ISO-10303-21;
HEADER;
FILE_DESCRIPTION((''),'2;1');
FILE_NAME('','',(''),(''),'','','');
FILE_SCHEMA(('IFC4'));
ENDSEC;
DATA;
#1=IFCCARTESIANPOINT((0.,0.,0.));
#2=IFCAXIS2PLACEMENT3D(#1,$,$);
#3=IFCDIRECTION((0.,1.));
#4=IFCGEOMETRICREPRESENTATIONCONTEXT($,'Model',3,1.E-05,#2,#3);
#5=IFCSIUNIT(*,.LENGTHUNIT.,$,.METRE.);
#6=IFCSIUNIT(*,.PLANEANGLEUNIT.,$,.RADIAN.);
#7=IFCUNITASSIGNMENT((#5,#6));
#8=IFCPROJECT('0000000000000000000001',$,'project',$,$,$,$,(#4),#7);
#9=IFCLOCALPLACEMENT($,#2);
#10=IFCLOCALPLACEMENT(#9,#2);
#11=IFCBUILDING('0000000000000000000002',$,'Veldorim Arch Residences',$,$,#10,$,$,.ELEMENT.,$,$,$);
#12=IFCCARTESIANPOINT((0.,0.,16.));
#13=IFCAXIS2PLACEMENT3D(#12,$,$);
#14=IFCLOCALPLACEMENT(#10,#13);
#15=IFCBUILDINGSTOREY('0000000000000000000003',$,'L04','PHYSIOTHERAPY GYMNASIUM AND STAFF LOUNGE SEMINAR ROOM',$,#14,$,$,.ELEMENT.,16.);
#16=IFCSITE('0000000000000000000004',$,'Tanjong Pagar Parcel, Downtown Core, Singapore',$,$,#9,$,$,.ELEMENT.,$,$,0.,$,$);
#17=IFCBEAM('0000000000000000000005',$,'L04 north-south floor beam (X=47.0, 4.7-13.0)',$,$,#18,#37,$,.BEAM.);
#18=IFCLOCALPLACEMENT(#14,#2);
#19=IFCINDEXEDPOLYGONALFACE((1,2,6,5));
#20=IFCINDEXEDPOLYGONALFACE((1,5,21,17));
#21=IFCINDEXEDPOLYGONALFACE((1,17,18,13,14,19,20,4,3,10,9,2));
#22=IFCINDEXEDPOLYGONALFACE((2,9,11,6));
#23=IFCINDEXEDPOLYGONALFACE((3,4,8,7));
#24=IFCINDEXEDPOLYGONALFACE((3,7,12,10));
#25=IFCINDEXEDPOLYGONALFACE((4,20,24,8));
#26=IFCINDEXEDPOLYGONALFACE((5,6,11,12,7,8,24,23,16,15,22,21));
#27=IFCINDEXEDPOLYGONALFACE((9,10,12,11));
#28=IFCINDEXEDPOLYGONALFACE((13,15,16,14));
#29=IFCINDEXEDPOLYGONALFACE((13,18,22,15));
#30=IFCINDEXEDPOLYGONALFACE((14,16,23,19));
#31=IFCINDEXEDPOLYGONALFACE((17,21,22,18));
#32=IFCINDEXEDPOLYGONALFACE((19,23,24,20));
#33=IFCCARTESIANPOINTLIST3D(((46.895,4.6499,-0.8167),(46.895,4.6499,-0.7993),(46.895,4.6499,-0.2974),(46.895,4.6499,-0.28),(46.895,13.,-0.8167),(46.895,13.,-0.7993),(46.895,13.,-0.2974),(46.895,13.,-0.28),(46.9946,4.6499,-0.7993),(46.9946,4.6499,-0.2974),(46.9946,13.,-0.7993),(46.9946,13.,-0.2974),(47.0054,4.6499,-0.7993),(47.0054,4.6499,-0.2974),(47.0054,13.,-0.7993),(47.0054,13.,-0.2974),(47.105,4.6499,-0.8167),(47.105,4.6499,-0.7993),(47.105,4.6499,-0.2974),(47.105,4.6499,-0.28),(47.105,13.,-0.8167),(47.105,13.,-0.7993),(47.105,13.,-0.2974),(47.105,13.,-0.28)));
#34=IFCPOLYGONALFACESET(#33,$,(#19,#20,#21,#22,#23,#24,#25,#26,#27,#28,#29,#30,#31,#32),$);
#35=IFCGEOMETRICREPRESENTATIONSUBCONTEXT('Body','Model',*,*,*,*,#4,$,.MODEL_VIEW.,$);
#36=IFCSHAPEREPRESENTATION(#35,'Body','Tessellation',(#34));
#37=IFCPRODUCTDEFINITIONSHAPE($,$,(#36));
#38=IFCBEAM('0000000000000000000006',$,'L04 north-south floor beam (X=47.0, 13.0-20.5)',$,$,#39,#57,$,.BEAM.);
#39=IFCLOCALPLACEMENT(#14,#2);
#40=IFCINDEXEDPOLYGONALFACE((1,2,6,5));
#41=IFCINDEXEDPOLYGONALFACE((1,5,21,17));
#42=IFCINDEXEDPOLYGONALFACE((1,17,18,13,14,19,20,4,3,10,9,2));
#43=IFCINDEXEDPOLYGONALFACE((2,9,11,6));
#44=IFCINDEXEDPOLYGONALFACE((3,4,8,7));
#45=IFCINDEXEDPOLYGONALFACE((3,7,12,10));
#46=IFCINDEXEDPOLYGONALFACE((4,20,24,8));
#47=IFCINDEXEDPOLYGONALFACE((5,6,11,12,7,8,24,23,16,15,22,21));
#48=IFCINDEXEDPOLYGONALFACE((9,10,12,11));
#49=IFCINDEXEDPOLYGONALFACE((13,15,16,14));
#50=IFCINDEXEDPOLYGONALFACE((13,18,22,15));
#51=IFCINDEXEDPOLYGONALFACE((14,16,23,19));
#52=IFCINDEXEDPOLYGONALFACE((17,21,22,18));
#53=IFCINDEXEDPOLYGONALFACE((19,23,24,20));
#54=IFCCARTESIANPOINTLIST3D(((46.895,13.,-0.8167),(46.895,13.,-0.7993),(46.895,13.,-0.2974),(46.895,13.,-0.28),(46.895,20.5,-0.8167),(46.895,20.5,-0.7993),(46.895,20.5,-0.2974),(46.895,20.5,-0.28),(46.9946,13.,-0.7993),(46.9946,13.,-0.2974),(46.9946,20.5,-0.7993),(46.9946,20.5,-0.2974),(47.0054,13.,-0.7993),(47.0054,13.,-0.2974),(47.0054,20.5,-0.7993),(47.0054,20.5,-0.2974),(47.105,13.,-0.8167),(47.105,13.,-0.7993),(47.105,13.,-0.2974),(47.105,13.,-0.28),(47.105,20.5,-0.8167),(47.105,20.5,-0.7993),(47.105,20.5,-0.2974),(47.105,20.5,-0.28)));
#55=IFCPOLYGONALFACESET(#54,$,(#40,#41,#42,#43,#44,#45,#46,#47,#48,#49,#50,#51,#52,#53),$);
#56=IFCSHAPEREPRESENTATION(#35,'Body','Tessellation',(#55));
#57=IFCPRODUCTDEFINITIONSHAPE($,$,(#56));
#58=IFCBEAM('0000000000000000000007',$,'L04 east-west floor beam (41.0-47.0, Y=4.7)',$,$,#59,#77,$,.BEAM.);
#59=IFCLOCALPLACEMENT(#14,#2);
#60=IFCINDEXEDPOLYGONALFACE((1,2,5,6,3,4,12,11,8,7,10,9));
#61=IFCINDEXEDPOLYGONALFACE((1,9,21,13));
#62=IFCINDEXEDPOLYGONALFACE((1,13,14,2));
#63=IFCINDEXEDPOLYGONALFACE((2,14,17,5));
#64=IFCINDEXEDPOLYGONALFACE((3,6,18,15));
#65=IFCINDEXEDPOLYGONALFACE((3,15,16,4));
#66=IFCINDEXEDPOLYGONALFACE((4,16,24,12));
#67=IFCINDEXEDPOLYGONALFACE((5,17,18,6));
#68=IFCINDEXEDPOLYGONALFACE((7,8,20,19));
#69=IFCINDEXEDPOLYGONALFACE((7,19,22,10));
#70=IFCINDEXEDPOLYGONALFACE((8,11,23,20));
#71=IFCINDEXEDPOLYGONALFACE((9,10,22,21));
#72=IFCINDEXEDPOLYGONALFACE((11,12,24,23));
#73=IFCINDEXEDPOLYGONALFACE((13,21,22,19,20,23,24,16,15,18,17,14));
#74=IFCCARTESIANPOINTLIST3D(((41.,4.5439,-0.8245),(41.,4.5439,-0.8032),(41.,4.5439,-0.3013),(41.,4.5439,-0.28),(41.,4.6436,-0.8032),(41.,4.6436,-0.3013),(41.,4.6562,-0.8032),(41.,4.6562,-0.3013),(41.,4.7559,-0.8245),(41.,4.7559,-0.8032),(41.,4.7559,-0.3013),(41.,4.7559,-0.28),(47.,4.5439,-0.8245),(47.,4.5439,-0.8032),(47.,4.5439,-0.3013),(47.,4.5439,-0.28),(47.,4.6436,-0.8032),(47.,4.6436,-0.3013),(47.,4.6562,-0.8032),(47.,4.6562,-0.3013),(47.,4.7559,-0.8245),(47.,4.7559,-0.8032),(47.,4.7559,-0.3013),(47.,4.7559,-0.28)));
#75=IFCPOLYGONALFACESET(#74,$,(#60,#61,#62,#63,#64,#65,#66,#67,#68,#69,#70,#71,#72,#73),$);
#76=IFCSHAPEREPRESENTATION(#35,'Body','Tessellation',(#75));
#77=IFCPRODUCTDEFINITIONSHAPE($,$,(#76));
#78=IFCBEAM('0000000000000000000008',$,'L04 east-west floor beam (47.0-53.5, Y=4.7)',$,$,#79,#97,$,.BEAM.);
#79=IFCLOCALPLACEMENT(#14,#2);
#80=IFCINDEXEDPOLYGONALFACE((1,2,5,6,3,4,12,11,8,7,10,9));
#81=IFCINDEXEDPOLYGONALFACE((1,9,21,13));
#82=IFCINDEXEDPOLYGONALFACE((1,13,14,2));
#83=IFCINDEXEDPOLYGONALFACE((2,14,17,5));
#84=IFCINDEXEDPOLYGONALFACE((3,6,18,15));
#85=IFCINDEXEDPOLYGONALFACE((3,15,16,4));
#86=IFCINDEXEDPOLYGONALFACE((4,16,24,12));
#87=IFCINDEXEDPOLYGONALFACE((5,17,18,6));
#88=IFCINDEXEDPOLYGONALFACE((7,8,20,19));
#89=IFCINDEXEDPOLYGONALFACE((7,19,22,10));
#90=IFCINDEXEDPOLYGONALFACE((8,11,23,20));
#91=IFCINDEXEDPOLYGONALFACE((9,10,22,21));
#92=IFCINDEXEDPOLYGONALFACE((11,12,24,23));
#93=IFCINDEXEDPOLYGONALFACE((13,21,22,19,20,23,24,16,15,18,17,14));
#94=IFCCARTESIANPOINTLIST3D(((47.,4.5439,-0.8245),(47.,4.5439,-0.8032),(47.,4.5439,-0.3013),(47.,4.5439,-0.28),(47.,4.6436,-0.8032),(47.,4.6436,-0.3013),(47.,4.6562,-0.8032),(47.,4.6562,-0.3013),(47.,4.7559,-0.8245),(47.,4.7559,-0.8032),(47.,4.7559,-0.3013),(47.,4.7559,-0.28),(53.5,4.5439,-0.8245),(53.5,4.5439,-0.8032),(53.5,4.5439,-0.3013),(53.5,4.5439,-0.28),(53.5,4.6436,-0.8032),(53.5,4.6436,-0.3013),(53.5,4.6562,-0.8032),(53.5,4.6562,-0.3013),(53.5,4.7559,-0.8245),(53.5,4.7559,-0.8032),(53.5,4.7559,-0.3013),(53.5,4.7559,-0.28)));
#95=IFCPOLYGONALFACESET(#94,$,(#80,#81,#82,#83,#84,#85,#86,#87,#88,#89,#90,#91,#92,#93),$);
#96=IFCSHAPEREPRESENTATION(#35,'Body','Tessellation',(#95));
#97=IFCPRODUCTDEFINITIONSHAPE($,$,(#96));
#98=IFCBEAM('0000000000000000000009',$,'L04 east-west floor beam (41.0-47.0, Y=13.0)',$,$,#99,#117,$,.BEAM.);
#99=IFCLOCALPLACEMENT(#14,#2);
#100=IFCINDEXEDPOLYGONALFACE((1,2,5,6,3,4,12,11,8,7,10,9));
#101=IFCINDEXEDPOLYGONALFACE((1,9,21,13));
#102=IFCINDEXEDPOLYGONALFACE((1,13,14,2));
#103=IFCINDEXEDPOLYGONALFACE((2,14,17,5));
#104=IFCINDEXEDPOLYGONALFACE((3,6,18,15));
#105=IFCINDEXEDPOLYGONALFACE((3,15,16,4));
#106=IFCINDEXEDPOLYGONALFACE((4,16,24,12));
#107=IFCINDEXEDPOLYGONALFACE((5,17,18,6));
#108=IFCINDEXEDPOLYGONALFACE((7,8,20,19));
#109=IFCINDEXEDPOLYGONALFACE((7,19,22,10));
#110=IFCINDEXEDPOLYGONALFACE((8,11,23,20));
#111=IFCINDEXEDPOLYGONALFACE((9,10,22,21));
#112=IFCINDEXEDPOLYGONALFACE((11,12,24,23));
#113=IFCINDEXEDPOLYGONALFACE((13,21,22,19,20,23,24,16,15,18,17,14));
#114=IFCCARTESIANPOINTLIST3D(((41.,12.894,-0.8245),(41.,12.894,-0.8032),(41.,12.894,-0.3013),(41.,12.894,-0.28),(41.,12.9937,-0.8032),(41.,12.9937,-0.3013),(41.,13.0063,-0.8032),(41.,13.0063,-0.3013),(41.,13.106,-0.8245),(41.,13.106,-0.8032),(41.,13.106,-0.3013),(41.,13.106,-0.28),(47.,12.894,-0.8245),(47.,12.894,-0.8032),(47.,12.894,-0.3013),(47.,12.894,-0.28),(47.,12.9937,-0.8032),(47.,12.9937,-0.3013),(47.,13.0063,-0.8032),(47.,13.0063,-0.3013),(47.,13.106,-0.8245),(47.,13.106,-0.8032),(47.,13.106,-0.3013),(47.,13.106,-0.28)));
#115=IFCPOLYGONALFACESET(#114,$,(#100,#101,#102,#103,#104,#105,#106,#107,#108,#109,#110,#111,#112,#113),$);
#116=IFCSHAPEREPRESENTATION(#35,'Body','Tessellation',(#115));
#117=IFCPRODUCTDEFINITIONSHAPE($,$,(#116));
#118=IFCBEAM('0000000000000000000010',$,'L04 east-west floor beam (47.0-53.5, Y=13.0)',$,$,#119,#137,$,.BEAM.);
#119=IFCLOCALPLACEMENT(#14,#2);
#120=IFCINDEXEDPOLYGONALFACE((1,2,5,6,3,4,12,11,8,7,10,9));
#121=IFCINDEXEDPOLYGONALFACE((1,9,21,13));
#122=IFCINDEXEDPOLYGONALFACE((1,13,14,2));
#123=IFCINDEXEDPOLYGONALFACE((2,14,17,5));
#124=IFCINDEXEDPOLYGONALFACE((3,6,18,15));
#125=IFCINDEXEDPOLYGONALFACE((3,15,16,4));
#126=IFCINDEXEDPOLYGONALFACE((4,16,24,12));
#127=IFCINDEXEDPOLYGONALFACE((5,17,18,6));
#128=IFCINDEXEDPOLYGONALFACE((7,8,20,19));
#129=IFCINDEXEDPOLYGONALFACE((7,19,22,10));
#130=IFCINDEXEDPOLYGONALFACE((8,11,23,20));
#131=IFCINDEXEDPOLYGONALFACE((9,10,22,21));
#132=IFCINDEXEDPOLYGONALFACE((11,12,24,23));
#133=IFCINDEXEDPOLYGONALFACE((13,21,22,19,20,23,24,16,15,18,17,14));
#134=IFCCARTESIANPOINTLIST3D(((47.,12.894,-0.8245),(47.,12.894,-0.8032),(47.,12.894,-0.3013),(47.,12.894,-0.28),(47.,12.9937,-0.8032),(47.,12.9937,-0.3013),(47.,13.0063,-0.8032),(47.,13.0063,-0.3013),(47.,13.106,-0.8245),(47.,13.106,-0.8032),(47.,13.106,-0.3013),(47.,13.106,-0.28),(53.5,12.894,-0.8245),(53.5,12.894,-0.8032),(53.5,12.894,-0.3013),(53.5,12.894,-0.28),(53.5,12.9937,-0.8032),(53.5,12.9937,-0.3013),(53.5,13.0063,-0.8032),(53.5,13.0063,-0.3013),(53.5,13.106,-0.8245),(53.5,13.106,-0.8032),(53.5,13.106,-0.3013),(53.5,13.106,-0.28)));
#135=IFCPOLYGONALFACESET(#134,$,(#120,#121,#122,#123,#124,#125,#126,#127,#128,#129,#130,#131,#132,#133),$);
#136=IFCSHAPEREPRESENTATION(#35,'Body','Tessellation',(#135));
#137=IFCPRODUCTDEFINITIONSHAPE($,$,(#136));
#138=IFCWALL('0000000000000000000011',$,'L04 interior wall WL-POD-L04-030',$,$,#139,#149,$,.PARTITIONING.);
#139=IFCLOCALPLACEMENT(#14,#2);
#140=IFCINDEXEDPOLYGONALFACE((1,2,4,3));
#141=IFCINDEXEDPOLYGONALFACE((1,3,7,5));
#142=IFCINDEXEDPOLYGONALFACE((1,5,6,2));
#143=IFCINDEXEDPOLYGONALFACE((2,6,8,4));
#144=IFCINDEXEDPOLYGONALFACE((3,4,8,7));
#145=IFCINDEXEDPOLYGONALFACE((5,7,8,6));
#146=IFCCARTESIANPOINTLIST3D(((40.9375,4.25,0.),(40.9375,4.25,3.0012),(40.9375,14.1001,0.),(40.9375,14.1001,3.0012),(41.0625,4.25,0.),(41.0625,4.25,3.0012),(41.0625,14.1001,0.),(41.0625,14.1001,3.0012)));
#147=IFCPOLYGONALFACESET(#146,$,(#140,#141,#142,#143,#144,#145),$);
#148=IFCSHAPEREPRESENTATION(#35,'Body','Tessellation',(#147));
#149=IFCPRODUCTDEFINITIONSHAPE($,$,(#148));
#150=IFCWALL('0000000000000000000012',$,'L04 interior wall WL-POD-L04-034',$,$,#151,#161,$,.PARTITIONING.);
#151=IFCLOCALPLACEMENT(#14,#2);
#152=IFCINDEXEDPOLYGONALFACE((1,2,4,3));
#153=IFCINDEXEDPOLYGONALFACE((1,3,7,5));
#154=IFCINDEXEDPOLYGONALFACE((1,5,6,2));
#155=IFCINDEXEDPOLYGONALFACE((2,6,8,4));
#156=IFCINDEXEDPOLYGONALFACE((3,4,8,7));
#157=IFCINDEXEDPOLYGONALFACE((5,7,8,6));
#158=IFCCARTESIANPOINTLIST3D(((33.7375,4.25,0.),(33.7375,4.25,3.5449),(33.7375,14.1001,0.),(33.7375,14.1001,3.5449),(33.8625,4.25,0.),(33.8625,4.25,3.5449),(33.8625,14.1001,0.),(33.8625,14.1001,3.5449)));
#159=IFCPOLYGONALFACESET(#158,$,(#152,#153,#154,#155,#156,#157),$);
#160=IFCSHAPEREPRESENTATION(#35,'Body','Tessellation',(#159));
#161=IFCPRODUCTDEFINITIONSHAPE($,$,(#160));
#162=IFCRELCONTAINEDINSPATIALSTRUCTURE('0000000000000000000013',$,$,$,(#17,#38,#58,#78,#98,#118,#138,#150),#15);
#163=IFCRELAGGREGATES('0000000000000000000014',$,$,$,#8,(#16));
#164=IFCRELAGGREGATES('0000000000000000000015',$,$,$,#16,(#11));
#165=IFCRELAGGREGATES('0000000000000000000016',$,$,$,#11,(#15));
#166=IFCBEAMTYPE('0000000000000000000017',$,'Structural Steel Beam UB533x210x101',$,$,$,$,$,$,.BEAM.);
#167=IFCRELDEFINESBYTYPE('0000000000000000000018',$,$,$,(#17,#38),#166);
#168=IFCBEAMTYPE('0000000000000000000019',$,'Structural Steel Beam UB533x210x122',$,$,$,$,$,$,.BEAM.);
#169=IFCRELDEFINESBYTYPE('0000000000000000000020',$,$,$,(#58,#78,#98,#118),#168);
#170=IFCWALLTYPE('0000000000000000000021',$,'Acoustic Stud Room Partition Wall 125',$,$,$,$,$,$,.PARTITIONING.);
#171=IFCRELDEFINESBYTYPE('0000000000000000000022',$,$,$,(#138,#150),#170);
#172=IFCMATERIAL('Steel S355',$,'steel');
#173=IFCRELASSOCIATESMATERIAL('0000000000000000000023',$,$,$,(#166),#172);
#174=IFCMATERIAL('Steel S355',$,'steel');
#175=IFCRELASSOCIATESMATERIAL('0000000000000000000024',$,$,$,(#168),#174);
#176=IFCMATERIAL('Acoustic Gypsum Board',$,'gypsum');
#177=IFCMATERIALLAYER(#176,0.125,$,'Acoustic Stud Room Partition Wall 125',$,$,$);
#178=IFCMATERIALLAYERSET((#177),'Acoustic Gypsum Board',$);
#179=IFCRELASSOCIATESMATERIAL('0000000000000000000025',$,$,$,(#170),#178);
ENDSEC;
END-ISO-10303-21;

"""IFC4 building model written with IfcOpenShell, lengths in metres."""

from ifc_helpers import new_model, si_unit, direction, frame, frame_2d, origin, origin_2d, place, context, subcontext, project, spatial, rectangle, i_section, extrude, material, layer, layer_set, material_profile, profile_set, type_object, element, save


model = new_model("IFC4")

# Units and contexts
model_context = context("Model", 3, precision=1e-05, world=origin(), true_north=direction((0.0, 1.0)))
body_context = subcontext(model_context, "Body", "Model", "MODEL_VIEW")
ifc_project = project(units=[si_unit("LENGTHUNIT", "METRE"), si_unit("PLANEANGLEUNIT", "RADIAN")], contexts=[model_context])

# Site, building, storey
site_placement = place(None, origin())
site = spatial("IfcSite", under=ifc_project, at=site_placement, Name="Tanjong Pagar Parcel, Downtown Core, Singapore", CompositionType="ELEMENT", RefElevation=0.0)
building_placement = place(site_placement, origin())
building = spatial("IfcBuilding", under=site, at=building_placement, Name="Veldorim Arch Residences", CompositionType="ELEMENT")
storey_placement = place(building_placement, frame((0.0, 0.0, 16.0)))
storey = spatial("IfcBuildingStorey", under=building, at=storey_placement, Name="L04", Description="PHYSIOTHERAPY GYMNASIUM AND STAFF LOUNGE SEMINAR ROOM", CompositionType="ELEMENT", Elevation=16.0)

# Beams
ifc_material_1 = material(Name="Steel S355", Category="steel")
ifc_material_profile_1 = material_profile(ifc_material_1, i_section(OverallWidth=0.21, OverallDepth=0.5366, WebThickness=0.0107, FlangeThickness=0.0173, at=origin_2d()), Name="UB533x210x101")
ifc_profile_set_1 = profile_set([ifc_material_profile_1], Name="Steel S355")
beam_type_1 = type_object("IfcBeamType", Name="Structural Steel Beam UB533x210x101", PredefinedType="BEAM", material=ifc_profile_set_1)
beam_1_placement = place(storey_placement, frame((47.0, 4.6499, -0.5483), z_axis=(0.0, 1.0, 0.0), x_axis=(-1.0, 0.0, 0.0)))
element("IfcBeam", 1, at=beam_1_placement, inside=storey, type_object=beam_type_1, Name="L04 north-south floor beam (X=47.0, 4.7-13.0)", PredefinedType="BEAM", context=body_context, shape_type="SweptSolid", body=[
    extrude(i_section(OverallWidth=0.21, OverallDepth=0.5366, WebThickness=0.0107, FlangeThickness=0.0173, at=origin_2d()), origin(), (0.0, 0.0, 1.0), 8.3501),
])
beam_2_placement = place(storey_placement, frame((47.0, 13.0, -0.5483), z_axis=(0.0, 1.0, 0.0), x_axis=(-1.0, 0.0, 0.0)))
element("IfcBeam", 2, at=beam_2_placement, inside=storey, type_object=beam_type_1, Name="L04 north-south floor beam (X=47.0, 13.0-20.5)", PredefinedType="BEAM", context=body_context, shape_type="SweptSolid", body=[
    extrude(i_section(OverallWidth=0.21, OverallDepth=0.5366, WebThickness=0.0107, FlangeThickness=0.0173, at=origin_2d()), origin(), (0.0, 0.0, 1.0), 7.5),
])
ifc_material_2 = material(Name="Steel S355", Category="steel")
ifc_material_profile_2 = material_profile(ifc_material_2, i_section(OverallWidth=0.2119, OverallDepth=0.5444, WebThickness=0.0127, FlangeThickness=0.0212, at=origin_2d()), Name="UB533x210x122")
ifc_profile_set_2 = profile_set([ifc_material_profile_2], Name="Steel S355")
beam_type_2 = type_object("IfcBeamType", Name="Structural Steel Beam UB533x210x122", PredefinedType="BEAM", material=ifc_profile_set_2)
beam_3_placement = place(storey_placement, frame((41.0, 4.6499, -0.5522), z_axis=(1.0, 0.0, 0.0), x_axis=(0.0, 1.0, 0.0)))
element("IfcBeam", 3, at=beam_3_placement, inside=storey, type_object=beam_type_2, Name="L04 east-west floor beam (41.0-47.0, Y=4.7)", PredefinedType="BEAM", context=body_context, shape_type="SweptSolid", body=[
    extrude(i_section(OverallWidth=0.2119, OverallDepth=0.5444, WebThickness=0.0127, FlangeThickness=0.0212, at=origin_2d()), origin(), (0.0, 0.0, 1.0), 6.0),
])
beam_4_placement = place(storey_placement, frame((47.0, 4.6499, -0.5522), z_axis=(1.0, 0.0, 0.0), x_axis=(0.0, 1.0, 0.0)))
element("IfcBeam", 4, at=beam_4_placement, inside=storey, type_object=beam_type_2, Name="L04 east-west floor beam (47.0-53.5, Y=4.7)", PredefinedType="BEAM", context=body_context, shape_type="SweptSolid", body=[
    extrude(i_section(OverallWidth=0.2119, OverallDepth=0.5444, WebThickness=0.0127, FlangeThickness=0.0212, at=origin_2d()), origin(), (0.0, 0.0, 1.0), 6.5),
])
beam_5_placement = place(storey_placement, frame((41.0, 13.0, -0.5522), z_axis=(1.0, 0.0, 0.0), x_axis=(0.0, 1.0, 0.0)))
element("IfcBeam", 5, at=beam_5_placement, inside=storey, type_object=beam_type_2, Name="L04 east-west floor beam (41.0-47.0, Y=13.0)", PredefinedType="BEAM", context=body_context, shape_type="SweptSolid", body=[
    extrude(i_section(OverallWidth=0.2119, OverallDepth=0.5444, WebThickness=0.0127, FlangeThickness=0.0212, at=origin_2d()), origin(), (0.0, 0.0, 1.0), 6.0),
])
beam_6_placement = place(storey_placement, frame((47.0, 13.0, -0.5522), z_axis=(1.0, 0.0, 0.0), x_axis=(0.0, 1.0, 0.0)))
element("IfcBeam", 6, at=beam_6_placement, inside=storey, type_object=beam_type_2, Name="L04 east-west floor beam (47.0-53.5, Y=13.0)", PredefinedType="BEAM", context=body_context, shape_type="SweptSolid", body=[
    extrude(i_section(OverallWidth=0.2119, OverallDepth=0.5444, WebThickness=0.0127, FlangeThickness=0.0212, at=origin_2d()), origin(), (0.0, 0.0, 1.0), 6.5),
])

# Walls
ifc_material_3 = material(Name="Acoustic Gypsum Board", Category="gypsum")
ifc_layer_1 = layer(ifc_material_3, 0.125, Name="Acoustic Stud Room Partition Wall 125")
ifc_layer_set_1 = layer_set([ifc_layer_1], Name="Acoustic Gypsum Board")
wall_type_1 = type_object("IfcWallType", Name="Acoustic Stud Room Partition Wall 125", PredefinedType="PARTITIONING", material=ifc_layer_set_1)
wall_1_placement = place(storey_placement, frame((41.0, 4.25, 0.0), z_axis=(0.0, 0.0, 1.0), x_axis=(0.0, 1.0, 0.0)))
element("IfcWall", 7, at=wall_1_placement, inside=storey, type_object=wall_type_1, Name="L04 interior wall WL-POD-L04-030", PredefinedType="PARTITIONING", context=body_context, shape_type="SweptSolid", body=[
    extrude(rectangle(XDim=9.8501, YDim=0.125, at=frame_2d((4.925, 0.0))), origin(), (0.0, 0.0, 1.0), 3.0012),
])
wall_2_placement = place(storey_placement, frame((33.8, 14.1001, 0.0), z_axis=(0.0, 0.0, 1.0), x_axis=(0.0, -1.0, 0.0)))
element("IfcWall", 8, at=wall_2_placement, inside=storey, type_object=wall_type_1, Name="L04 interior wall WL-POD-L04-034", PredefinedType="PARTITIONING", context=body_context, shape_type="SweptSolid", body=[
    extrude(rectangle(XDim=9.8501, YDim=0.125, at=frame_2d((4.925, 0.0))), origin(), (0.0, 0.0, 1.0), 3.5449),
])

save(model, "model.ifc")
